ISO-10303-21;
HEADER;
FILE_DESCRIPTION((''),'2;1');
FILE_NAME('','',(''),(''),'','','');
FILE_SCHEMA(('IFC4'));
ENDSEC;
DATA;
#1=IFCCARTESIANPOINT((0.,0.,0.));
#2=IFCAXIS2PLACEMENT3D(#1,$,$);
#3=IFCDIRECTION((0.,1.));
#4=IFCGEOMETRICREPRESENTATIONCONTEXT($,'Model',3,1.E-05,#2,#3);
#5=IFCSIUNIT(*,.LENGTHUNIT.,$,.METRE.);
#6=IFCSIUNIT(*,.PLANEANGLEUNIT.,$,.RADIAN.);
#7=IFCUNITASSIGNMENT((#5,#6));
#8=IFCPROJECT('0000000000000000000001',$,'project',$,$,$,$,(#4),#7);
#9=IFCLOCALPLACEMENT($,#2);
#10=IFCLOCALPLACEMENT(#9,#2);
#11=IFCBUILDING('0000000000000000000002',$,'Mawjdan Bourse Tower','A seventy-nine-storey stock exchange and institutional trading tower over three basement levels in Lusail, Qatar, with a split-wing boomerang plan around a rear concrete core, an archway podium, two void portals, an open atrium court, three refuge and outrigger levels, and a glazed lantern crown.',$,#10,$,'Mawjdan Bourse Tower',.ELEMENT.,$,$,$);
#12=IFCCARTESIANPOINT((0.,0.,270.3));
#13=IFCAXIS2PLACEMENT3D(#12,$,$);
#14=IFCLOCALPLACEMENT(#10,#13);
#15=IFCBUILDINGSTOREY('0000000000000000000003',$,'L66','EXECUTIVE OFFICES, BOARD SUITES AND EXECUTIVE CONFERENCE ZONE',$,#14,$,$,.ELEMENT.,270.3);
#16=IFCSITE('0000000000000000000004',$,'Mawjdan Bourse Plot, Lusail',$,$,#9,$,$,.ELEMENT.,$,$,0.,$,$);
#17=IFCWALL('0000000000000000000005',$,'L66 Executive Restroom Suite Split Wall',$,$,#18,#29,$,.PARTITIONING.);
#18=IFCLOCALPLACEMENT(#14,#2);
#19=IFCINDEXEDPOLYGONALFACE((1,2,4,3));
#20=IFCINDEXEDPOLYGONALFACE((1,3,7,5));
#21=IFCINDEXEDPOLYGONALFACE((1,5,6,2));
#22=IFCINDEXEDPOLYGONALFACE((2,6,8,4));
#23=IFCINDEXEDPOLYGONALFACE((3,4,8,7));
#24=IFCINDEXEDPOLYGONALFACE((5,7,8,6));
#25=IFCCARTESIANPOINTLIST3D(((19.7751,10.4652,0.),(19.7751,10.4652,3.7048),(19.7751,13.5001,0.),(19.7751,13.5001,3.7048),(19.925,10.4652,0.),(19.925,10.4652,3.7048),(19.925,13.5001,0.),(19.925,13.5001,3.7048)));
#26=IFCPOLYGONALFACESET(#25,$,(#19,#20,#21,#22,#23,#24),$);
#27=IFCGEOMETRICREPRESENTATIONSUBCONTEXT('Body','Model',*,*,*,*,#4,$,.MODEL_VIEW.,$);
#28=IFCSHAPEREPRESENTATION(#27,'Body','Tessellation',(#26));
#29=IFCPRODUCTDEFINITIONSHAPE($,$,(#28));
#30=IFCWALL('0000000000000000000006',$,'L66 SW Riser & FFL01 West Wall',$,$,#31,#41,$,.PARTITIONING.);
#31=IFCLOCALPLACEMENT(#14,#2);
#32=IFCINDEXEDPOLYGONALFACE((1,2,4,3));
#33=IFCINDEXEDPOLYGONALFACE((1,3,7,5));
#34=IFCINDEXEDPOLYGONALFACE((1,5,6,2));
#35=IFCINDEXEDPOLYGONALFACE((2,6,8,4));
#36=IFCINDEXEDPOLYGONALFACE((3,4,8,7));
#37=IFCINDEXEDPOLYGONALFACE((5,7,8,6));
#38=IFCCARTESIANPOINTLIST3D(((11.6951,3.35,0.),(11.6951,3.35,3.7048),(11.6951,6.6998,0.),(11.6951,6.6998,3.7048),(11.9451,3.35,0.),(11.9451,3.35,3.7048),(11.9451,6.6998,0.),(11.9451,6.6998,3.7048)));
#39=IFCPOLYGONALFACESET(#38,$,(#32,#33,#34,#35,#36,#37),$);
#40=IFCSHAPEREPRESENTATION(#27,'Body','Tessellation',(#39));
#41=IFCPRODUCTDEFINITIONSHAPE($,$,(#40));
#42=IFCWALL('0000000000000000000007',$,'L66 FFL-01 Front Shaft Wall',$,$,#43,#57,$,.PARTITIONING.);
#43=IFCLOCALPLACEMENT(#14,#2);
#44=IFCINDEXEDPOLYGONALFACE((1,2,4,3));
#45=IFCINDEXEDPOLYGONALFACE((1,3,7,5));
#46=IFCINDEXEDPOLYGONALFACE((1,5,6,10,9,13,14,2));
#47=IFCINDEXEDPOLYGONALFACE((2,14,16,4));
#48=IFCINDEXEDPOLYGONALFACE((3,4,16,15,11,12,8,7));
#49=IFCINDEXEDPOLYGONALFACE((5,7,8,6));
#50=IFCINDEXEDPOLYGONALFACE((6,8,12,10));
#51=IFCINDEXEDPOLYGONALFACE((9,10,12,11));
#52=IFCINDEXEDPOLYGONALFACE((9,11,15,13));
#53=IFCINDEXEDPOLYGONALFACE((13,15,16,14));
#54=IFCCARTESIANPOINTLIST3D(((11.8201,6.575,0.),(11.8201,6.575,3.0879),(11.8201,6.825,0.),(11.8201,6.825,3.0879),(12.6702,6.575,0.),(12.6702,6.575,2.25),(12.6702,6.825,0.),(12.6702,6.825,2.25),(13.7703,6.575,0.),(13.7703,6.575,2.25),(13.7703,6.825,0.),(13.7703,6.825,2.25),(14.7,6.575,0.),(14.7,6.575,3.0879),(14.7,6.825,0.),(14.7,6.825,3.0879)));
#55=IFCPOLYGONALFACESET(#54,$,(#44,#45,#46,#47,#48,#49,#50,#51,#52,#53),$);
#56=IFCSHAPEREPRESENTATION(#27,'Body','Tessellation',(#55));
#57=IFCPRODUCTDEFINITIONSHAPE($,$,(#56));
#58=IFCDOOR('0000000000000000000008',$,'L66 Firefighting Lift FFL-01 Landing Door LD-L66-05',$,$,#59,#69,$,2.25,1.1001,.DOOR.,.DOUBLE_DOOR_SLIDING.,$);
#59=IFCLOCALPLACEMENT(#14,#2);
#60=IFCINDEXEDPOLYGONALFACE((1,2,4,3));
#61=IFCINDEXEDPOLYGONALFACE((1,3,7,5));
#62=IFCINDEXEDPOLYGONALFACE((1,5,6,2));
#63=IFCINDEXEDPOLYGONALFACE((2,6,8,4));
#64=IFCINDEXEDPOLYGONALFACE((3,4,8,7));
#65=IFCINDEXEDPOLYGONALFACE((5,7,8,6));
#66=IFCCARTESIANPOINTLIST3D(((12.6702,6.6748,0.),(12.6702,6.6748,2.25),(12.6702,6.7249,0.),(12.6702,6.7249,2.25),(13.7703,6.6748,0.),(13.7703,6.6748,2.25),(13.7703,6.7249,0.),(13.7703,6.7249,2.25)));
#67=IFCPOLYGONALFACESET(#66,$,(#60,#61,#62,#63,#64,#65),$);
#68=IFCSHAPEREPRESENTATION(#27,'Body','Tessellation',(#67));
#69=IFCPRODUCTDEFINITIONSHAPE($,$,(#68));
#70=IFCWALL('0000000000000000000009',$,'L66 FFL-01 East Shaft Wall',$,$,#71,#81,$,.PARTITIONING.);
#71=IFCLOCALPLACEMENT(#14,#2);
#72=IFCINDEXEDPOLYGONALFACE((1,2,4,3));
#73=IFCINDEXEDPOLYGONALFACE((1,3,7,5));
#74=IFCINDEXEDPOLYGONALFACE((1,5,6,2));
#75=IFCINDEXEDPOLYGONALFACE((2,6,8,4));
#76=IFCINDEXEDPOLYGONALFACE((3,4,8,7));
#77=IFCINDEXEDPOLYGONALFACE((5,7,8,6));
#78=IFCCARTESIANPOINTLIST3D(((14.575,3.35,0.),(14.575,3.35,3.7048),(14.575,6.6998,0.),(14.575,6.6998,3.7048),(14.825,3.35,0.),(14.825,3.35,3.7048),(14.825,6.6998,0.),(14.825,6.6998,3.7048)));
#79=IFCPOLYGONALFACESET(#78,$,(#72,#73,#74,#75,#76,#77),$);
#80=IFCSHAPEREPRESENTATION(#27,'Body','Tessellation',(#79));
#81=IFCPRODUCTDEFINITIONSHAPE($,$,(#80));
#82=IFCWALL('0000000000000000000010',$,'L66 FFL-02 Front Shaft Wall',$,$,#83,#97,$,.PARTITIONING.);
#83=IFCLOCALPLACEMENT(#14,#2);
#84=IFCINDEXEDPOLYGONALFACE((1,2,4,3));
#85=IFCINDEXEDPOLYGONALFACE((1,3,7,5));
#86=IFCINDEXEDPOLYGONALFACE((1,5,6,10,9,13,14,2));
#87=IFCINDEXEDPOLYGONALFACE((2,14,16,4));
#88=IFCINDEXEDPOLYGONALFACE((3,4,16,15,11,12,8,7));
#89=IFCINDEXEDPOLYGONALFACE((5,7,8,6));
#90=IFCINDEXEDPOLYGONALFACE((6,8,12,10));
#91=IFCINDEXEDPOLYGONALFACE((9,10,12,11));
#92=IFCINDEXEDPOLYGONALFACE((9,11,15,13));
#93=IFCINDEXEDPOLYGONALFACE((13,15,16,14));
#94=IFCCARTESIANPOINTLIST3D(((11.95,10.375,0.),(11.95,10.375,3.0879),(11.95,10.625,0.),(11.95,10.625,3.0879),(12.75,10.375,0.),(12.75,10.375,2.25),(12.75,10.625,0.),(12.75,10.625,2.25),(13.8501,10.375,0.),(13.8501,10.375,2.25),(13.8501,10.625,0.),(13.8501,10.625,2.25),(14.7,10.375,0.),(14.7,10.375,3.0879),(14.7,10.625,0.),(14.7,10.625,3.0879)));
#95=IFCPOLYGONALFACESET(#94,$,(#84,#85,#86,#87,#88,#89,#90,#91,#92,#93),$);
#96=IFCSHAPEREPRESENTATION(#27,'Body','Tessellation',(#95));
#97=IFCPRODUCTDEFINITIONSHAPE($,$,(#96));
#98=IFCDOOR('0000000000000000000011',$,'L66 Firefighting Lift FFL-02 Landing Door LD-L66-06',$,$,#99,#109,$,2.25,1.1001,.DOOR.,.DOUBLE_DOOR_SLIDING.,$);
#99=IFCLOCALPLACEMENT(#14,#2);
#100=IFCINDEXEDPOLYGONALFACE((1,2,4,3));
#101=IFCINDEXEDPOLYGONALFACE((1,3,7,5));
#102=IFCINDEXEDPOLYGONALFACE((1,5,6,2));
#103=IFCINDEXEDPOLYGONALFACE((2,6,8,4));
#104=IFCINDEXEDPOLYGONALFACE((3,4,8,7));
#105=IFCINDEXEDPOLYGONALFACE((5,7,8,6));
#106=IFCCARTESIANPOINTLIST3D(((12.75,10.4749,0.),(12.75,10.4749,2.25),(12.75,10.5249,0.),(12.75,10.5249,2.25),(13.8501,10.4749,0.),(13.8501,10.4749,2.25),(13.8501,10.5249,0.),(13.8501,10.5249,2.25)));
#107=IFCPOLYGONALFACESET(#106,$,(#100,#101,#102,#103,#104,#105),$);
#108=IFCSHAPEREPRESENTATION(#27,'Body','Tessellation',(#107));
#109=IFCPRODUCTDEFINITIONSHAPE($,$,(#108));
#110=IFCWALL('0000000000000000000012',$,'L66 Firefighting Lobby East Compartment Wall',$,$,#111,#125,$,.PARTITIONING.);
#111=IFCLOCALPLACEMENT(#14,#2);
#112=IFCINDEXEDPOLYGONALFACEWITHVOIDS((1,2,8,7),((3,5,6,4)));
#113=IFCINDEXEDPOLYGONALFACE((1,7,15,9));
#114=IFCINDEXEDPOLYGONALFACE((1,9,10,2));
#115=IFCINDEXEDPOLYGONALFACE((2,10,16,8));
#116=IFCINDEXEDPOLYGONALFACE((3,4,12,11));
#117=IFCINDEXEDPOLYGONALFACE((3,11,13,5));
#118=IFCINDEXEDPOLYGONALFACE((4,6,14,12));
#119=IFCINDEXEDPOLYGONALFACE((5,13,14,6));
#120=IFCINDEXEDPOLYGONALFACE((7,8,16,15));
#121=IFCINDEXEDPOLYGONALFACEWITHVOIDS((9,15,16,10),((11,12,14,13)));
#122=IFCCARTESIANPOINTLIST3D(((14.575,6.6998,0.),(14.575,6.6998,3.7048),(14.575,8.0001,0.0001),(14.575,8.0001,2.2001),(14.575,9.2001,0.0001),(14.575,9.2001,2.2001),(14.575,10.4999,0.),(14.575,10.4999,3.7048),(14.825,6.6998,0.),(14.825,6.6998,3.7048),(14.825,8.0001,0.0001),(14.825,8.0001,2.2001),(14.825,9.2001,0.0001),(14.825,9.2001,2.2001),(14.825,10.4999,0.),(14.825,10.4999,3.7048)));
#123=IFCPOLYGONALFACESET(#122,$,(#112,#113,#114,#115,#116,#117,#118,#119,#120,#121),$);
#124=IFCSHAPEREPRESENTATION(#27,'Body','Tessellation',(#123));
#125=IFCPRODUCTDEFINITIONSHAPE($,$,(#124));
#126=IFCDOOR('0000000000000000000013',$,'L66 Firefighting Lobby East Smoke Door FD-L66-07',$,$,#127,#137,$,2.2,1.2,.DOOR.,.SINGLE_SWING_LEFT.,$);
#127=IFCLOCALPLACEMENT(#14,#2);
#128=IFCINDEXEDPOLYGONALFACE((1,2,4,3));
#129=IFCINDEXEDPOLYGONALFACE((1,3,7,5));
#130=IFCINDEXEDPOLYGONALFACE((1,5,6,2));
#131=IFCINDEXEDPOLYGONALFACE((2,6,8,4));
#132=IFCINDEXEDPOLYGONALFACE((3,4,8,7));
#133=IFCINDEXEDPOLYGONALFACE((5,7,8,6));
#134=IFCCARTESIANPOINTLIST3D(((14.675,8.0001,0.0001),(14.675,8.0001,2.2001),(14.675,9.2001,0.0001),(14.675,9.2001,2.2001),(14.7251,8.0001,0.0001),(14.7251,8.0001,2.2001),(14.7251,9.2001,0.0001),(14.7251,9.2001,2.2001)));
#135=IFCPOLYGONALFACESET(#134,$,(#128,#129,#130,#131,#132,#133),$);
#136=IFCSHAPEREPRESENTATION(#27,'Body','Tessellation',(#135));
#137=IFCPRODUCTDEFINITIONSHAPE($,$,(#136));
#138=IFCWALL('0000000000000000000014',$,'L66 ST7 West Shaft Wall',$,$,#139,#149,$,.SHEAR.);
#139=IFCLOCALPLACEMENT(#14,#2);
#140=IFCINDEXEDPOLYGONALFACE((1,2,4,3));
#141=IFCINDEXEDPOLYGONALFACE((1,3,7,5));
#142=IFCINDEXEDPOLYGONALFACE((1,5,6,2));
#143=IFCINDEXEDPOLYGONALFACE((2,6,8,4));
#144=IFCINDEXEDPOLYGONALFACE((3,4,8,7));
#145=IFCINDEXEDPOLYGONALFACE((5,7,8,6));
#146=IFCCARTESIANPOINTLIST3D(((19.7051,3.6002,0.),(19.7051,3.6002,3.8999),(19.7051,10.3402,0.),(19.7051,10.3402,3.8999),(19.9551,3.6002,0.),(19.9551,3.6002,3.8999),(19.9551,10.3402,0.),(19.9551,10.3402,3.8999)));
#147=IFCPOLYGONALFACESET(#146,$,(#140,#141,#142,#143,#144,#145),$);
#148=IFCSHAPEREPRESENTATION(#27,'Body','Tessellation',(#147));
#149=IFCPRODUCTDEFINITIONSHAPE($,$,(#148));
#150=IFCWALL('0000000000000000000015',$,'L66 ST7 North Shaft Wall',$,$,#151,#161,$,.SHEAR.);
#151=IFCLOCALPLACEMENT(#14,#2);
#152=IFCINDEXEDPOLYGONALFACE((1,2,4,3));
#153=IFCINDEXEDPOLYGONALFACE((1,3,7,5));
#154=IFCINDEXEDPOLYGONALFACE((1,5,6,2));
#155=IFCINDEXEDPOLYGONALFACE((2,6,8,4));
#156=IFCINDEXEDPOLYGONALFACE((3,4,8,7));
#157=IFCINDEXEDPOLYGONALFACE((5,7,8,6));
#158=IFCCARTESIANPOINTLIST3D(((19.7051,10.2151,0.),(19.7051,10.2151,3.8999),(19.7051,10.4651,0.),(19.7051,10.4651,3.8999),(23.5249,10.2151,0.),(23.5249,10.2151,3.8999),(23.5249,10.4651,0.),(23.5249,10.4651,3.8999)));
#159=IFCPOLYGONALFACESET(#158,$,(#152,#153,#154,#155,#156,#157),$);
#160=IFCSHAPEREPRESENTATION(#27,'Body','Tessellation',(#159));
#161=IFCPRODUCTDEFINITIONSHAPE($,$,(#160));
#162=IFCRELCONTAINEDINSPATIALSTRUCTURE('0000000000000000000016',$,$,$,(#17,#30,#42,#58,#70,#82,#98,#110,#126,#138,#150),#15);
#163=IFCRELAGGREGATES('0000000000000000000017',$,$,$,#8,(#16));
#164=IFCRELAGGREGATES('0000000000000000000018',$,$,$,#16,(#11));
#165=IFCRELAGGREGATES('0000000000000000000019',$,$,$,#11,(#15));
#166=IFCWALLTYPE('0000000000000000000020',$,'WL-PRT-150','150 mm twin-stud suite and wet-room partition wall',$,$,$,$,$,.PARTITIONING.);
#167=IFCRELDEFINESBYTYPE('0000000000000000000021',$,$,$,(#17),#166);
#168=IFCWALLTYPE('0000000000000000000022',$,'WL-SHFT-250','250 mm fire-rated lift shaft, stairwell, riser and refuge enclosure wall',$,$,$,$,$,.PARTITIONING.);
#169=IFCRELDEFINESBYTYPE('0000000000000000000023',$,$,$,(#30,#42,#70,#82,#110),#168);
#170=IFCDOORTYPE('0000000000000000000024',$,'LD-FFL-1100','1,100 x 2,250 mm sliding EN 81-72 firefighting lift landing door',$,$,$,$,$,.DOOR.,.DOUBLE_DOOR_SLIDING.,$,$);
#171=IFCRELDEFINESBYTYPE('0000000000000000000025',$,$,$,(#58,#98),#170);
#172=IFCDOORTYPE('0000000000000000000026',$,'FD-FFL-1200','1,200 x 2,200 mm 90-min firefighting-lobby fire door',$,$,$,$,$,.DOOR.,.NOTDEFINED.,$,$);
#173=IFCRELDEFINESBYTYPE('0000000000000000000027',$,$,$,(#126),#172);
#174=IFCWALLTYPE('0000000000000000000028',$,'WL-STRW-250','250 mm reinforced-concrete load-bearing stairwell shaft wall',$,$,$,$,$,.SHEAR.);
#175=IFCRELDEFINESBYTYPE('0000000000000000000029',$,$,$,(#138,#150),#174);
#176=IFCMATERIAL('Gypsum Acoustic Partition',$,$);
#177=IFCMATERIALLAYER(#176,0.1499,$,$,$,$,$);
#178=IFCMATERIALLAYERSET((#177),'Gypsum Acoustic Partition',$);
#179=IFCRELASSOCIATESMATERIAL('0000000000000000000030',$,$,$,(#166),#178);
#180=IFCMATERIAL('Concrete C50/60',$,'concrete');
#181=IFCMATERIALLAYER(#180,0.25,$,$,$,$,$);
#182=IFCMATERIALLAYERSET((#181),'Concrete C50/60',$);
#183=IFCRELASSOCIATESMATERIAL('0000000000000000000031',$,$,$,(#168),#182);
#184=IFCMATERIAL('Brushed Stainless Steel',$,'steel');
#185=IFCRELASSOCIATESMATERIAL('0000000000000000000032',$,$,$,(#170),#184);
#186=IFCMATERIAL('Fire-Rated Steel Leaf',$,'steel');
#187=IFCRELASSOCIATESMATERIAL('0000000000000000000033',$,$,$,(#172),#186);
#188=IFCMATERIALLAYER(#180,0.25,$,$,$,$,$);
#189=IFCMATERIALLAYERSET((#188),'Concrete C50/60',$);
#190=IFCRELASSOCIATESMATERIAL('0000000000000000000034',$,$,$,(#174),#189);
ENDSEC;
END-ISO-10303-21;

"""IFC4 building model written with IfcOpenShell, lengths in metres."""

from ifc_helpers import new_model, si_unit, direction, frame, frame_2d, origin, place, context, subcontext, project, spatial, rectangle, extrude, material, layer, layer_set, type_object, element, fill, save


model = new_model("IFC4")

# Units and contexts
model_context = context("Model", 3, precision=1e-05, world=origin(), true_north=direction((0.0, 1.0)))
body_context = subcontext(model_context, "Body", "Model", "MODEL_VIEW")
ifc_project = project(units=[si_unit("LENGTHUNIT", "METRE"), si_unit("PLANEANGLEUNIT", "RADIAN")], contexts=[model_context])

# Site, building, storey
site_placement = place(None, origin())
site = spatial("IfcSite", under=ifc_project, at=site_placement, Name="Mawjdan Bourse Plot, Lusail", CompositionType="ELEMENT", RefElevation=0.0)
building_placement = place(site_placement, origin())
building = spatial("IfcBuilding", under=site, at=building_placement, Name="Mawjdan Bourse Tower", Description="A seventy-nine-storey stock exchange and institutional trading tower over three basement levels in Lusail, Qatar, with a split-wing boomerang plan around a rear concrete core, an archway podium, two void portals, an open atrium court, three refuge and outrigger levels, and a glazed lantern crown.", LongName="Mawjdan Bourse Tower", CompositionType="ELEMENT")
storey_placement = place(building_placement, frame((0.0, 0.0, 270.3)))
storey = spatial("IfcBuildingStorey", under=building, at=storey_placement, Name="L66", Description="EXECUTIVE OFFICES, BOARD SUITES AND EXECUTIVE CONFERENCE ZONE", CompositionType="ELEMENT", Elevation=270.3)

# Walls
ifc_material_1 = material(Name="Gypsum Acoustic Partition")
ifc_layer_1 = layer(ifc_material_1, 0.1499)
ifc_layer_set_1 = layer_set([ifc_layer_1], Name="Gypsum Acoustic Partition")
wall_type_1 = type_object("IfcWallType", Name="WL-PRT-150", Description="150 mm twin-stud suite and wet-room partition wall", PredefinedType="PARTITIONING", material=ifc_layer_set_1)
wall_1_placement = place(storey_placement, frame((19.8501, 10.4651, 0.0), z_axis=(0.0, 0.0, 1.0), x_axis=(0.0, 1.0, 0.0)))
element("IfcWall", 1, at=wall_1_placement, inside=storey, type_object=wall_type_1, Name="L66 Executive Restroom Suite Split Wall", PredefinedType="PARTITIONING", context=body_context, shape_type="SweptSolid", body=[
    extrude(rectangle(XDim=3.0349, YDim=0.1499, at=frame_2d((1.5176, 0.0))), origin(), (0.0, 0.0, 1.0), 3.7048),
])
ifc_material_2 = material(Name="Concrete C50/60", Category="concrete")
ifc_layer_2 = layer(ifc_material_2, 0.25)
ifc_layer_set_2 = layer_set([ifc_layer_2], Name="Concrete C50/60")
wall_type_2 = type_object("IfcWallType", Name="WL-SHFT-250", Description="250 mm fire-rated lift shaft, stairwell, riser and refuge enclosure wall", PredefinedType="PARTITIONING", material=ifc_layer_set_2)
wall_2_placement = place(storey_placement, frame((11.8201, 3.3501, 0.0), z_axis=(0.0, 0.0, 1.0), x_axis=(0.0, 1.0, 0.0)))
element("IfcWall", 2, at=wall_2_placement, inside=storey, type_object=wall_type_2, Name="L66 SW Riser & FFL01 West Wall", PredefinedType="PARTITIONING", context=body_context, shape_type="SweptSolid", body=[
    extrude(rectangle(XDim=3.3499, YDim=0.25, at=frame_2d((1.6748, 0.0))), origin(), (0.0, 0.0, 1.0), 3.7048),
])

# Wall, opening, door
wall_3_placement = place(storey_placement, frame((11.8201, 6.7, 0.0), z_axis=(0.0, 0.0, 1.0), x_axis=(1.0, 0.0, 0.0)))
wall_3 = element("IfcWall", 3, at=wall_3_placement, inside=storey, type_object=wall_type_2, Name="L66 FFL-01 Front Shaft Wall", PredefinedType="PARTITIONING", context=body_context, shape_type="SweptSolid", body=[
    extrude(rectangle(XDim=2.8799, YDim=0.25, at=frame_2d((1.4399, 0.0))), origin(), (0.0, 0.0, 1.0), 3.0879),
])
opening_1_placement = place(wall_3_placement, frame((0.8501, 0.0, 0.0)))
opening_1 = element("IfcOpeningElement", 4, at=opening_1_placement, cuts=wall_3, PredefinedType="OPENING", context=body_context, shape_type="SweptSolid", body=[
    extrude(rectangle(XDim=1.1001, YDim=2.25, at=frame_2d((0.55, 1.125))), frame((0.0, 0.135, 0.0), z_axis=(0.0, -1.0, 0.0), x_axis=(1.0, 0.0, 0.0)), (0.0, 0.0, 1.0), 0.27),
])
ifc_material_3 = material(Name="Brushed Stainless Steel", Category="steel")
door_type_1 = type_object("IfcDoorType", Name="LD-FFL-1100", Description="1,100 x 2,250 mm sliding EN 81-72 firefighting lift landing door", OperationType="DOUBLE_DOOR_SLIDING", PredefinedType="DOOR", material=ifc_material_3)
door_1_placement = place(opening_1_placement, origin())
door_1 = element("IfcDoor", 5, at=door_1_placement, inside=storey, type_object=door_type_1, Name="L66 Firefighting Lift FFL-01 Landing Door LD-L66-05", OperationType="DOUBLE_DOOR_SLIDING", OverallHeight=2.25, OverallWidth=1.1001, PredefinedType="DOOR", context=body_context, shape_type="SweptSolid", body=[
    extrude(rectangle(XDim=1.1001, YDim=2.25, at=frame_2d((0.55, 1.125))), frame((0.0, 0.0249, 0.0), z_axis=(0.0, -1.0, 0.0), x_axis=(1.0, 0.0, 0.0)), (0.0, 0.0, 1.0), 0.05),
])
fill(opening_1, door_1)

# Wall
wall_4_placement = place(storey_placement, frame((14.7, 3.3501, 0.0), z_axis=(0.0, 0.0, 1.0), x_axis=(0.0, 1.0, 0.0)))
element("IfcWall", 6, at=wall_4_placement, inside=storey, type_object=wall_type_2, Name="L66 FFL-01 East Shaft Wall", PredefinedType="PARTITIONING", context=body_context, shape_type="SweptSolid", body=[
    extrude(rectangle(XDim=3.3499, YDim=0.25, at=frame_2d((1.6748, 0.0))), origin(), (0.0, 0.0, 1.0), 3.7048),
])

# Walls, openings, doors
wall_5_placement = place(storey_placement, frame((11.95, 10.5, 0.0), z_axis=(0.0, 0.0, 1.0), x_axis=(1.0, 0.0, 0.0)))
wall_5 = element("IfcWall", 7, at=wall_5_placement, inside=storey, type_object=wall_type_2, Name="L66 FFL-02 Front Shaft Wall", PredefinedType="PARTITIONING", context=body_context, shape_type="SweptSolid", body=[
    extrude(rectangle(XDim=2.75, YDim=0.25, at=frame_2d((1.375, 0.0))), origin(), (0.0, 0.0, 1.0), 3.0879),
])
opening_2_placement = place(wall_5_placement, frame((0.8, 0.0, 0.0)))
opening_2 = element("IfcOpeningElement", 8, at=opening_2_placement, cuts=wall_5, PredefinedType="OPENING", context=body_context, shape_type="SweptSolid", body=[
    extrude(rectangle(XDim=1.1001, YDim=2.25, at=frame_2d((0.55, 1.125))), frame((0.0, 0.135, 0.0), z_axis=(0.0, -1.0, 0.0), x_axis=(1.0, 0.0, 0.0)), (0.0, 0.0, 1.0), 0.27),
])
door_2_placement = place(opening_2_placement, origin())
door_2 = element("IfcDoor", 9, at=door_2_placement, inside=storey, type_object=door_type_1, Name="L66 Firefighting Lift FFL-02 Landing Door LD-L66-06", OperationType="DOUBLE_DOOR_SLIDING", OverallHeight=2.25, OverallWidth=1.1001, PredefinedType="DOOR", context=body_context, shape_type="SweptSolid", body=[
    extrude(rectangle(XDim=1.1001, YDim=2.25, at=frame_2d((0.55, 1.125))), frame((0.0, 0.0249, 0.0), z_axis=(0.0, -1.0, 0.0), x_axis=(1.0, 0.0, 0.0)), (0.0, 0.0, 1.0), 0.05),
])
fill(opening_2, door_2)
wall_6_placement = place(storey_placement, frame((14.7, 6.7, 0.0), z_axis=(0.0, 0.0, 1.0), x_axis=(0.0, 1.0, 0.0)))
wall_6 = element("IfcWall", 10, at=wall_6_placement, inside=storey, type_object=wall_type_2, Name="L66 Firefighting Lobby East Compartment Wall", PredefinedType="PARTITIONING", context=body_context, shape_type="SweptSolid", body=[
    extrude(rectangle(XDim=3.8, YDim=0.25, at=frame_2d((1.8999, 0.0))), origin(), (0.0, 0.0, 1.0), 3.7048),
])
opening_3_placement = place(wall_6_placement, frame((1.3, 0.0, 0.0)))
opening_3 = element("IfcOpeningElement", 11, at=opening_3_placement, cuts=wall_6, PredefinedType="OPENING", context=body_context, shape_type="SweptSolid", body=[
    extrude(rectangle(XDim=1.2, YDim=2.2, at=frame_2d((0.6001, 1.1001))), frame((0.0, 0.135, 0.0), z_axis=(0.0, -1.0, 0.0), x_axis=(1.0, 0.0, 0.0)), (0.0, 0.0, 1.0), 0.27),
])
ifc_material_4 = material(Name="Fire-Rated Steel Leaf", Category="steel")
door_type_2 = type_object("IfcDoorType", Name="FD-FFL-1200", Description="1,200 x 2,200 mm 90-min firefighting-lobby fire door", OperationType="NOTDEFINED", PredefinedType="DOOR", material=ifc_material_4)
door_3_placement = place(opening_3_placement, origin())
door_3 = element("IfcDoor", 12, at=door_3_placement, inside=storey, type_object=door_type_2, Name="L66 Firefighting Lobby East Smoke Door FD-L66-07", OperationType="SINGLE_SWING_LEFT", OverallHeight=2.2, OverallWidth=1.2, PredefinedType="DOOR", context=body_context, shape_type="SweptSolid", body=[
    extrude(rectangle(XDim=1.2, YDim=2.2, at=frame_2d((0.6001, 1.1001))), frame((0.0, 0.0249, 0.0), z_axis=(0.0, -1.0, 0.0), x_axis=(1.0, 0.0, 0.0)), (0.0, 0.0, 1.0), 0.05),
])
fill(opening_3, door_3)

# Walls
ifc_layer_3 = layer(ifc_material_2, 0.25)
ifc_layer_set_3 = layer_set([ifc_layer_3], Name="Concrete C50/60")
wall_type_3 = type_object("IfcWallType", Name="WL-STRW-250", Description="250 mm reinforced-concrete load-bearing stairwell shaft wall", PredefinedType="SHEAR", material=ifc_layer_set_3)
wall_7_placement = place(storey_placement, frame((19.8301, 3.6001, 0.0), z_axis=(0.0, 0.0, 1.0), x_axis=(0.0, 1.0, 0.0)))
element("IfcWall", 13, at=wall_7_placement, inside=storey, type_object=wall_type_3, Name="L66 ST7 West Shaft Wall", PredefinedType="SHEAR", context=body_context, shape_type="SweptSolid", body=[
    extrude(rectangle(XDim=6.74, YDim=0.25, at=frame_2d((3.3701, 0.0))), origin(), (0.0, 0.0, 1.0), 3.8999),
])
wall_8_placement = place(storey_placement, frame((19.7051, 10.3401, 0.0), z_axis=(0.0, 0.0, 1.0), x_axis=(1.0, 0.0, 0.0)))
element("IfcWall", 14, at=wall_8_placement, inside=storey, type_object=wall_type_3, Name="L66 ST7 North Shaft Wall", PredefinedType="SHEAR", context=body_context, shape_type="SweptSolid", body=[
    extrude(rectangle(XDim=3.8198, YDim=0.25, at=frame_2d((1.9099, 0.0))), origin(), (0.0, 0.0, 1.0), 3.8999),
])

save(model, "model.ifc")
